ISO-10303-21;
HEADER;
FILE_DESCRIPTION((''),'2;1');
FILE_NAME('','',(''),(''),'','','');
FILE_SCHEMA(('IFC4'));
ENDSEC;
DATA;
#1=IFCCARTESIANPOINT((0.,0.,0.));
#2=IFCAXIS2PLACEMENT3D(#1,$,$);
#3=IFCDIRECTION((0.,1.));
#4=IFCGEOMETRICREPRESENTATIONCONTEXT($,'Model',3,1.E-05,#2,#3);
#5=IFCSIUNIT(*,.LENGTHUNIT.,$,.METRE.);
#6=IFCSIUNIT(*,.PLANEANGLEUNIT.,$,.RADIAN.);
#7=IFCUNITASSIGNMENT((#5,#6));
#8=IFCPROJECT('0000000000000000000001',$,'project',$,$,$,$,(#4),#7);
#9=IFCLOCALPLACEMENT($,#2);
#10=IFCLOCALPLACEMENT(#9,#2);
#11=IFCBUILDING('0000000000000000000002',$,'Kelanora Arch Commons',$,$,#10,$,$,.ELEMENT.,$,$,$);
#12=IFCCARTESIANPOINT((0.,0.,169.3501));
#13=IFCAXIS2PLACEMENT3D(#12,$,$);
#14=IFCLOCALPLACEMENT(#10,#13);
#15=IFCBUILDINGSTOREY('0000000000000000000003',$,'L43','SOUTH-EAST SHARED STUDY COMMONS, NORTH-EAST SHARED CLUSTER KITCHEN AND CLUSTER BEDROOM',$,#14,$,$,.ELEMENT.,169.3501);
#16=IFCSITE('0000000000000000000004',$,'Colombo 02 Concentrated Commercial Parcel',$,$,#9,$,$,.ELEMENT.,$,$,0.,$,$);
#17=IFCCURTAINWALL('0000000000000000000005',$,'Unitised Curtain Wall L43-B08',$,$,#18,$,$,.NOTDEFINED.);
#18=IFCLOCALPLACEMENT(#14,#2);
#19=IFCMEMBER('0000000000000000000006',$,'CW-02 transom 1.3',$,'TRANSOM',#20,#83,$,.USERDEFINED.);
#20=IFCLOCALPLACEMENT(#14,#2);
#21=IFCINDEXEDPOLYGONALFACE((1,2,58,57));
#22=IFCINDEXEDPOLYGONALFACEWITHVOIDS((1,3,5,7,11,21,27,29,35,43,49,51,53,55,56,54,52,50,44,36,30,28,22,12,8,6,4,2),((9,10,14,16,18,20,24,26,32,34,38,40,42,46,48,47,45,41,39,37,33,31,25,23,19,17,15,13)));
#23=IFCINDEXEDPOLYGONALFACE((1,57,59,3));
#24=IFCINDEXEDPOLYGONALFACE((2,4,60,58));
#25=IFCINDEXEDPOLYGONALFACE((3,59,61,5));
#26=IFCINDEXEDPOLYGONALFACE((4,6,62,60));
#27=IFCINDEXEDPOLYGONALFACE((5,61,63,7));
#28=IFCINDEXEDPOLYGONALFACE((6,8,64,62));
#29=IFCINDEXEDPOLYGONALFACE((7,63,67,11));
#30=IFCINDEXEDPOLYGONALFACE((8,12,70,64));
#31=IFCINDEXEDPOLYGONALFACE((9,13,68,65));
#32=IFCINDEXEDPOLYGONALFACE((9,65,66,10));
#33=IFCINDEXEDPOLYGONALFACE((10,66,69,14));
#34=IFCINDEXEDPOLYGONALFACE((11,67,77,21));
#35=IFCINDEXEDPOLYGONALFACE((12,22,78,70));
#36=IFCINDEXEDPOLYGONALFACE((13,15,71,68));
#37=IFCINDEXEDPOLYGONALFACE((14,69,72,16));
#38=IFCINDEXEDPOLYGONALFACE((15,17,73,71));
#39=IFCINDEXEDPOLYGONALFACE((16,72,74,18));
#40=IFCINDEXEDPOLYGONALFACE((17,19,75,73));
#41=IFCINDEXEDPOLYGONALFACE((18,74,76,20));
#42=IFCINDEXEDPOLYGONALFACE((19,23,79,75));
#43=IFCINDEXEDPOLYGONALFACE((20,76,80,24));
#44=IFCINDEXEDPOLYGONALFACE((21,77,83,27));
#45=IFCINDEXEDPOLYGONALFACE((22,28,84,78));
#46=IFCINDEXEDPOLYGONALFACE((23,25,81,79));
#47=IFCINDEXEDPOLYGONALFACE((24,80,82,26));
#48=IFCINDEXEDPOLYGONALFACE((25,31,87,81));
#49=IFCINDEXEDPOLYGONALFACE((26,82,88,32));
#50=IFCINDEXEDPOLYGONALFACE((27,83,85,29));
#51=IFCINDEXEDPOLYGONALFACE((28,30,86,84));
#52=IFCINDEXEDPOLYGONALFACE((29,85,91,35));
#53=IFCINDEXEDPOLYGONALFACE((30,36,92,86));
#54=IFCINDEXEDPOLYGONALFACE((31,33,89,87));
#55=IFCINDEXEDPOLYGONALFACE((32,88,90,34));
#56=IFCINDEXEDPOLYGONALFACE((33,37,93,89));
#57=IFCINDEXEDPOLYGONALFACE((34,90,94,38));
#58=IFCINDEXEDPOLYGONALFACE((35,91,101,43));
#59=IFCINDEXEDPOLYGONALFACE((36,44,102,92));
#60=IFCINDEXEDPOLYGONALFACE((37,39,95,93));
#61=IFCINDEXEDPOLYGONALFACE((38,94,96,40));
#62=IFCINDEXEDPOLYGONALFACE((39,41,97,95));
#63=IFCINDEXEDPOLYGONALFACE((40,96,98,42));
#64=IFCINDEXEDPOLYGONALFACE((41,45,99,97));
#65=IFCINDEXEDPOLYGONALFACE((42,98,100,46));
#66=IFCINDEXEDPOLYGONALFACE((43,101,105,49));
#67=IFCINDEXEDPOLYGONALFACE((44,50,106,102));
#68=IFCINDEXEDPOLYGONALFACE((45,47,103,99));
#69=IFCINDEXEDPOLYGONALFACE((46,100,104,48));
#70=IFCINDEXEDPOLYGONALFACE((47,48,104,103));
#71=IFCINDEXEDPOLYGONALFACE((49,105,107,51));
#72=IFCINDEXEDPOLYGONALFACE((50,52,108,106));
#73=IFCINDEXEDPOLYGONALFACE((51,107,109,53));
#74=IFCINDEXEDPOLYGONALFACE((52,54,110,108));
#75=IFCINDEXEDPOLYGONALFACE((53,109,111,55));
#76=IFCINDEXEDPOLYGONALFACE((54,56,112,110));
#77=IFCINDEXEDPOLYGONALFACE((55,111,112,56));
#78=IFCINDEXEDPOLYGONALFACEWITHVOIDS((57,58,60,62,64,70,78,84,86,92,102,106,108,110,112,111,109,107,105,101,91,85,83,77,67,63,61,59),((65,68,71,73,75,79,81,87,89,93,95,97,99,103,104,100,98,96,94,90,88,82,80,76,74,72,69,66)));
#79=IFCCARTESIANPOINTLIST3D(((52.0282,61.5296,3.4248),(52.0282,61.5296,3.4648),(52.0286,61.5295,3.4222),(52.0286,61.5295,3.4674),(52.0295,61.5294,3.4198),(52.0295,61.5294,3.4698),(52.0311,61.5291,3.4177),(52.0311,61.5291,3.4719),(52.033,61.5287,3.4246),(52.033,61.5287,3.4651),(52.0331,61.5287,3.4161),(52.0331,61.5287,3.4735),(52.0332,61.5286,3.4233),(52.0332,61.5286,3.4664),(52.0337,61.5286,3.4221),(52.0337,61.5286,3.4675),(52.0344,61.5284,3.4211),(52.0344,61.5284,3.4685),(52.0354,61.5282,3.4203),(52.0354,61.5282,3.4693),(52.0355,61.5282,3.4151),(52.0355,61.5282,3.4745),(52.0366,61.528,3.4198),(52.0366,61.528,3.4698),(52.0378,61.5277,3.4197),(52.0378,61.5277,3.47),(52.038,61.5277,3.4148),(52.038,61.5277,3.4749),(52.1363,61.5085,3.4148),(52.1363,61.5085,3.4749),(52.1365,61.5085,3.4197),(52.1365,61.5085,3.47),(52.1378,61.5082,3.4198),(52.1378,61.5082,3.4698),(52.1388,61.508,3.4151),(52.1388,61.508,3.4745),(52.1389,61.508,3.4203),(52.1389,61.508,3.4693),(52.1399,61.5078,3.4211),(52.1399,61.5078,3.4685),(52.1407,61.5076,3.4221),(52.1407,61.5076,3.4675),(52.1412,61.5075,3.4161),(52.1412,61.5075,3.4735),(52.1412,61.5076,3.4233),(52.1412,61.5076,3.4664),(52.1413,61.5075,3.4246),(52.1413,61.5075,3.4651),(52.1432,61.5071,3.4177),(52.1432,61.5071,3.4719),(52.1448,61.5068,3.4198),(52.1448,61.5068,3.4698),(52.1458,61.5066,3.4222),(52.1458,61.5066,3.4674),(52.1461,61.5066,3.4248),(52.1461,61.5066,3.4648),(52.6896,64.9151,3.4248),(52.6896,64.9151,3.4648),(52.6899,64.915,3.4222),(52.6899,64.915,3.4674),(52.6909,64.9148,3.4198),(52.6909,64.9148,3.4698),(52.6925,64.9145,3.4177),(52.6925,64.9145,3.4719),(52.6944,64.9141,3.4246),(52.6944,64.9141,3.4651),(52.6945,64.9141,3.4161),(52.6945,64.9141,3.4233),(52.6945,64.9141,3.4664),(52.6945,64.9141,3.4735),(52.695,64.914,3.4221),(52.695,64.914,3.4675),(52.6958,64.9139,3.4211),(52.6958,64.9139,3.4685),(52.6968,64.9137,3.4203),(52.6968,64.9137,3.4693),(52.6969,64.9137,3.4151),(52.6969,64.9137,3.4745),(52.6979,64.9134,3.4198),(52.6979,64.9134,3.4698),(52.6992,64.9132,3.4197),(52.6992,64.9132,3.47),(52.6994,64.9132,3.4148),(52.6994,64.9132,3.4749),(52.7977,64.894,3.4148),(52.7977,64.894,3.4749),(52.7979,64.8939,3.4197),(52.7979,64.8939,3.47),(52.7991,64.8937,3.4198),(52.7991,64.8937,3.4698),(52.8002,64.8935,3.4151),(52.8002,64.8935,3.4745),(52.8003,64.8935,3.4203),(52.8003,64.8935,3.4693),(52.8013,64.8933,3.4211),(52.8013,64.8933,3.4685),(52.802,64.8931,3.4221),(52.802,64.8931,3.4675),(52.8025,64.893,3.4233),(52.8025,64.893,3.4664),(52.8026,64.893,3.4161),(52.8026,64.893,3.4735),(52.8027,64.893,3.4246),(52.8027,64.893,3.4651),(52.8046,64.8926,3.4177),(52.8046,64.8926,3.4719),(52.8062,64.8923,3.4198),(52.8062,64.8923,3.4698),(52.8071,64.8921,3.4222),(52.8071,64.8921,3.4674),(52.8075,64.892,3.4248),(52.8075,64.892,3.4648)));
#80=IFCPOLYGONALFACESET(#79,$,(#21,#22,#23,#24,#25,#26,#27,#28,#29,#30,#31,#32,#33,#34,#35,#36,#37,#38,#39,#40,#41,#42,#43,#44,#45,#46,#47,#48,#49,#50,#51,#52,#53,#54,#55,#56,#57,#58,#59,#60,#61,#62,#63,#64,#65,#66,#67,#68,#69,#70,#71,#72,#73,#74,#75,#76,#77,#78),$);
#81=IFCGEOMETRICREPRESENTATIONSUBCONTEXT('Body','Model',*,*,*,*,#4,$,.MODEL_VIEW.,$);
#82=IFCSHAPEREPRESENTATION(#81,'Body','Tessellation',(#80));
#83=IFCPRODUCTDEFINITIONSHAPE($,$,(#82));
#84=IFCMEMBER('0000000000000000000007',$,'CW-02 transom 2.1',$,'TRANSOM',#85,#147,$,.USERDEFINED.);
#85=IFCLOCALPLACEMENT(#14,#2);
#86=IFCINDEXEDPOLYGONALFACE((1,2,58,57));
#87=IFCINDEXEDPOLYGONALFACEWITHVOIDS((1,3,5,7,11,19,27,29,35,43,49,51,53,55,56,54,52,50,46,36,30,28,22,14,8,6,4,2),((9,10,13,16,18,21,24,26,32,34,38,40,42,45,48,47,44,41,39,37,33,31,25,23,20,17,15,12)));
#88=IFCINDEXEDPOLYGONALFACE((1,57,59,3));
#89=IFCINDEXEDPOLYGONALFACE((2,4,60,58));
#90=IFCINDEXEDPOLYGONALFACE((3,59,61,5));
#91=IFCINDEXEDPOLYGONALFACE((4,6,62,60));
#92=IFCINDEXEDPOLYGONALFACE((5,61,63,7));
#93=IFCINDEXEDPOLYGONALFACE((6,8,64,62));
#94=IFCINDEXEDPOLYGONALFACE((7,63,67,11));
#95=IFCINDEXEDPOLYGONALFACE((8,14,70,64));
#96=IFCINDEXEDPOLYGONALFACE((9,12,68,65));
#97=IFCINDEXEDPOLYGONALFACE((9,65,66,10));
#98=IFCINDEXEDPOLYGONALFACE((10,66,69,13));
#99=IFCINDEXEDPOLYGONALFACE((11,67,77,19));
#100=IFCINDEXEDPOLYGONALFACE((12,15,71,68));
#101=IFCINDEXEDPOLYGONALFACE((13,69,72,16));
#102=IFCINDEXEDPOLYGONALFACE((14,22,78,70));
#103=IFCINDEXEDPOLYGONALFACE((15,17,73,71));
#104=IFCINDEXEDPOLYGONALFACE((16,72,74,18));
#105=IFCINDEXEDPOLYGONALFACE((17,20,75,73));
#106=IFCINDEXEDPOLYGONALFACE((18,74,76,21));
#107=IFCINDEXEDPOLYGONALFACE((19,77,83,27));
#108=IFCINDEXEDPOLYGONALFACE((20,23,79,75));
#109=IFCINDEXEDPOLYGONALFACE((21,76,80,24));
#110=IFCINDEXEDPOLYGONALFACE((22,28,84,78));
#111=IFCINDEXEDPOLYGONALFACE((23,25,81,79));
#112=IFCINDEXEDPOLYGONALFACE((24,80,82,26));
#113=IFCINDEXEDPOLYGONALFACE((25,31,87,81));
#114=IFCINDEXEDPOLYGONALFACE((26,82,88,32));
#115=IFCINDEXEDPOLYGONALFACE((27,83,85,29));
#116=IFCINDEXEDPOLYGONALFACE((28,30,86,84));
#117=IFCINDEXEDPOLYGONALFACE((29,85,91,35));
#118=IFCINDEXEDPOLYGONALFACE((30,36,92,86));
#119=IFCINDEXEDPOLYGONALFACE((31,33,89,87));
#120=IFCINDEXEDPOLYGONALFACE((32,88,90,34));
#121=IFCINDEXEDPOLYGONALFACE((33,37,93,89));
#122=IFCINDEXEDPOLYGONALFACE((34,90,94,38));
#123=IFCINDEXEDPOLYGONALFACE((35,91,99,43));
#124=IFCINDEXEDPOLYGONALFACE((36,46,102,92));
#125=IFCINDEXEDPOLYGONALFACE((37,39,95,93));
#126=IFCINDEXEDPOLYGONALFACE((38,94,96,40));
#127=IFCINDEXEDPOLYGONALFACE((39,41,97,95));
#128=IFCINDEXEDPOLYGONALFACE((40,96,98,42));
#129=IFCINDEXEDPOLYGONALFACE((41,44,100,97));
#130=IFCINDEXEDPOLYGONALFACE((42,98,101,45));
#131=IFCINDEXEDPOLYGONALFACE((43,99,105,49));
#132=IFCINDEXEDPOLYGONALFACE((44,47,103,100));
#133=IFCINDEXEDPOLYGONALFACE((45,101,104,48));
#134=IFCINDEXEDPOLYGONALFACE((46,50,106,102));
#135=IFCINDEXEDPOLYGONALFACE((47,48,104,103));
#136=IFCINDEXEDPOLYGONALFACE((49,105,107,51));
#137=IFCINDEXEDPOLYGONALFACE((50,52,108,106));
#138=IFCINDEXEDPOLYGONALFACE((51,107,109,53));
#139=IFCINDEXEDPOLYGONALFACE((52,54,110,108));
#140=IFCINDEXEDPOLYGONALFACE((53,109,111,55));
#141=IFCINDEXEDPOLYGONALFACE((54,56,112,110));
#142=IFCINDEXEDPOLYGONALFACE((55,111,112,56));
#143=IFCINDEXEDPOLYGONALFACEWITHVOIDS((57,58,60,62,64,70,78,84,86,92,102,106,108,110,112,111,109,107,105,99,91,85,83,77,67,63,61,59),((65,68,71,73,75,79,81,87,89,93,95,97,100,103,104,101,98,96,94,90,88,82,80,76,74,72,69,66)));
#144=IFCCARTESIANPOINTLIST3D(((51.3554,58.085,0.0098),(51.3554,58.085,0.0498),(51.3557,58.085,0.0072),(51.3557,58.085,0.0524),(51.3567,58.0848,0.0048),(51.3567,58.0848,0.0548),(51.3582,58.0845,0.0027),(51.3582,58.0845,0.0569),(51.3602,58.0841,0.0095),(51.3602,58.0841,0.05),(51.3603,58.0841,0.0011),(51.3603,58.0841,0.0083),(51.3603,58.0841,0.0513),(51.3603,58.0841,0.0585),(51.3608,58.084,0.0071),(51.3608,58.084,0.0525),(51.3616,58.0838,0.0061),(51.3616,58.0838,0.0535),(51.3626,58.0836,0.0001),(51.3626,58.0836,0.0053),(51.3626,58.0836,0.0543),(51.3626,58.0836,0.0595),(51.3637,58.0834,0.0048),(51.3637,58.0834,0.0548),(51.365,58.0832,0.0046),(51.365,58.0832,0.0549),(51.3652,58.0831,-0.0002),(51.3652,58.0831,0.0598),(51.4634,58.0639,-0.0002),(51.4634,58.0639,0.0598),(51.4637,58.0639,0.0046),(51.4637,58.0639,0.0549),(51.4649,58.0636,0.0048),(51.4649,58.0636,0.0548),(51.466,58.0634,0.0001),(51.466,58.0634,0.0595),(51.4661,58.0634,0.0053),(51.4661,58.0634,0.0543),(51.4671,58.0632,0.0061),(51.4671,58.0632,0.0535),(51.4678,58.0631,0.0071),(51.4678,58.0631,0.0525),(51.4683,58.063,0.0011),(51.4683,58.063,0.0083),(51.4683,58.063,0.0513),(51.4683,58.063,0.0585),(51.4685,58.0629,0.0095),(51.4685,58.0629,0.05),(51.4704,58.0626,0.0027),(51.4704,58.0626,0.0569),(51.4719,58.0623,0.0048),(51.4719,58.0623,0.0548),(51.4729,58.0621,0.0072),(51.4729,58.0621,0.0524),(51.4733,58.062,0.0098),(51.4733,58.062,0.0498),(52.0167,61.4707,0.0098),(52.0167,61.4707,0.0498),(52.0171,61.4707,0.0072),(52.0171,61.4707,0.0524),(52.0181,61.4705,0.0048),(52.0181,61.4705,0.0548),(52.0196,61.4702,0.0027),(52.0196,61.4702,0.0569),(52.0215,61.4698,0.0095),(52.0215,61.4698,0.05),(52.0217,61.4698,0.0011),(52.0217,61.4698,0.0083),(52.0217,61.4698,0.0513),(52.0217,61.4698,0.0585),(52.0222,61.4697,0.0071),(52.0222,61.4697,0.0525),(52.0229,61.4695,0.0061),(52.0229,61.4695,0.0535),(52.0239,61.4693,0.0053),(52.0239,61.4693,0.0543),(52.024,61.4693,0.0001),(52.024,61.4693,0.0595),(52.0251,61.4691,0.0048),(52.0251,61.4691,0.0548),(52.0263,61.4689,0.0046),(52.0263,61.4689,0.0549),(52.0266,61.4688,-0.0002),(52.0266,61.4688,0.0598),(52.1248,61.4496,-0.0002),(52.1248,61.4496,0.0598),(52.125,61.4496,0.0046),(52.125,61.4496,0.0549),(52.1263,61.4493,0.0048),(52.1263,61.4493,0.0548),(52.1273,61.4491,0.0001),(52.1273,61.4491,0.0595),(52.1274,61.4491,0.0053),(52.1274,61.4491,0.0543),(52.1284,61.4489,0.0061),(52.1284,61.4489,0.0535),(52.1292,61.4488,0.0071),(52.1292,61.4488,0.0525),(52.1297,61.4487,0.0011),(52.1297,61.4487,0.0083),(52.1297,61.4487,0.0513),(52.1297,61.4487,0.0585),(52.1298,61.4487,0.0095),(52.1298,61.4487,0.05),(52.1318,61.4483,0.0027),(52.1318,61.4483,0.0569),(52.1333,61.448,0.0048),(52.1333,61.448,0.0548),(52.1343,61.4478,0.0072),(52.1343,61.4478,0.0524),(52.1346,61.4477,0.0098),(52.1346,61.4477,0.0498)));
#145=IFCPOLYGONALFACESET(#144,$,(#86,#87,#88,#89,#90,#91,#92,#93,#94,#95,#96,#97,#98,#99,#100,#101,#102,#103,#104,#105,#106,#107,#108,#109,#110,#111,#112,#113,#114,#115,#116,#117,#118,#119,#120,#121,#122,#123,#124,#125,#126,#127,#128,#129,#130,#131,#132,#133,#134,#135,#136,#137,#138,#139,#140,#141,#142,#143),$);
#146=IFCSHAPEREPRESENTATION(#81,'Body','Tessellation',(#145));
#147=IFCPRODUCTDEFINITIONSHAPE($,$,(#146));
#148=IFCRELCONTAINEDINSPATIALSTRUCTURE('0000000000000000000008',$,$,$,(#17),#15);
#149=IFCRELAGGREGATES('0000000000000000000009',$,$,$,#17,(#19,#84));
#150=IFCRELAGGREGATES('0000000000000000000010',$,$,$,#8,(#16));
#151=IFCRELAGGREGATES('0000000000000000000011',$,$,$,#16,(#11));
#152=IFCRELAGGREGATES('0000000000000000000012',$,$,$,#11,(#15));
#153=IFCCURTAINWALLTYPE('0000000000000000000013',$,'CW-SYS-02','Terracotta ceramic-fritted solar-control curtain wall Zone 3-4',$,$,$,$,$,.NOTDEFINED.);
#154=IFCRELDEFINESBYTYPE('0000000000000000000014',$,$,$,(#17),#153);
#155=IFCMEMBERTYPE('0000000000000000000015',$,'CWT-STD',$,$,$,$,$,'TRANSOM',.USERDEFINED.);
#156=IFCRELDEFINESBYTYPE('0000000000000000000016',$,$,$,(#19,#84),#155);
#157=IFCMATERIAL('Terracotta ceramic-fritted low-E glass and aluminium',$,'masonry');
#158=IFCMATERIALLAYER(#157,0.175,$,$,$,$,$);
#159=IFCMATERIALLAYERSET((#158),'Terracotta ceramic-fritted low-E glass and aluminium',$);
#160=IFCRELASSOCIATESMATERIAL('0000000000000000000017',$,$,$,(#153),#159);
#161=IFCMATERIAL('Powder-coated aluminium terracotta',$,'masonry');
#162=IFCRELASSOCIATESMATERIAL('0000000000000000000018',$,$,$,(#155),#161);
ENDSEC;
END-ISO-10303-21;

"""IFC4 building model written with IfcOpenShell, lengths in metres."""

from ifc_helpers import new_model, si_unit, direction, frame, origin, origin_2d, place, context, subcontext, project, spatial, hollow_rectangle, extrude, material, layer, layer_set, material_profile, profile_set, type_object, element, aggregate, save


model = new_model("IFC4")

# Units and contexts
model_context = context("Model", 3, precision=1e-05, world=origin(), true_north=direction((0.0, 1.0)))
body_context = subcontext(model_context, "Body", "Model", "MODEL_VIEW")
ifc_project = project(units=[si_unit("LENGTHUNIT", "METRE"), si_unit("PLANEANGLEUNIT", "RADIAN")], contexts=[model_context])

# Site, building, storey
site_placement = place(None, origin())
site = spatial("IfcSite", under=ifc_project, at=site_placement, Name="Colombo 02 Concentrated Commercial Parcel", CompositionType="ELEMENT", RefElevation=0.0)
building_placement = place(site_placement, origin())
building = spatial("IfcBuilding", under=site, at=building_placement, Name="Kelanora Arch Commons", CompositionType="ELEMENT")
storey_placement = place(building_placement, frame((0.0, 0.0, 169.3501)))
storey = spatial("IfcBuildingStorey", under=building, at=storey_placement, Name="L43", Description="SOUTH-EAST SHARED STUDY COMMONS, NORTH-EAST SHARED CLUSTER KITCHEN AND CLUSTER BEDROOM", CompositionType="ELEMENT", Elevation=169.3501)

# Curtain wall, members
ifc_material_1 = material(Name="Terracotta ceramic-fritted low-E glass and aluminium", Category="masonry")
ifc_layer_1 = layer(ifc_material_1, 0.175)
ifc_layer_set_1 = layer_set([ifc_layer_1], Name="Terracotta ceramic-fritted low-E glass and aluminium")
curtain_wall_type = type_object("IfcCurtainWallType", Name="CW-SYS-02", Description="Terracotta ceramic-fritted solar-control curtain wall Zone 3-4", PredefinedType="NOTDEFINED", material=ifc_layer_set_1)
curtain_wall_placement = place(storey_placement, origin())
curtain_wall = element("IfcCurtainWall", 1, at=curtain_wall_placement, inside=storey, type_object=curtain_wall_type, Name="Unitised Curtain Wall L43-B08", PredefinedType="NOTDEFINED")
ifc_material_2 = material(Name="Powder-coated aluminium terracotta", Category="masonry")
ifc_material_profile_1 = material_profile(ifc_material_2, hollow_rectangle(XDim=0.1201, YDim=0.0601, WallThickness=0.0049, InnerFilletRadius=0.0049, OuterFilletRadius=0.01, at=origin_2d()), Name="CWT120x60")
ifc_profile_set_1 = profile_set([ifc_material_profile_1], Name="Powder-coated aluminium terracotta")
member_type_1 = type_object("IfcMemberType", Name="CWT-STD", ElementType="TRANSOM", PredefinedType="USERDEFINED", material=ifc_profile_set_1)
member_1_placement = place(storey_placement, frame((52.7485, 64.9036, 3.4448), z_axis=(-0.191732, -0.981447, 0.0), x_axis=(0.981447, -0.191732, 0.0)))
member_1 = element("IfcMember", 2, at=member_1_placement, type_object=member_type_1, Name="CW-02 transom 1.3", ObjectType="TRANSOM", PredefinedType="USERDEFINED", context=body_context, shape_type="SweptSolid", body=[
    extrude(hollow_rectangle(XDim=0.1201, YDim=0.0601, WallThickness=0.0049, InnerFilletRadius=0.0049, OuterFilletRadius=0.01, at=origin_2d()), origin(), (0.0, 0.0, 1.0), 3.4495),
])
member_2_placement = place(storey_placement, frame((52.0757, 61.4592, 0.0298), z_axis=(-0.191718, -0.98145, 0.0), x_axis=(0.98145, -0.191718, 0.0)))
member_2 = element("IfcMember", 3, at=member_2_placement, type_object=member_type_1, Name="CW-02 transom 2.1", ObjectType="TRANSOM", PredefinedType="USERDEFINED", context=body_context, shape_type="SweptSolid", body=[
    extrude(hollow_rectangle(XDim=0.1201, YDim=0.0601, WallThickness=0.0049, InnerFilletRadius=0.0049, OuterFilletRadius=0.01, at=origin_2d()), origin(), (0.0, 0.0, 1.0), 3.4497),
])
aggregate(curtain_wall, [member_1, member_2])

save(model, "model.ifc")
